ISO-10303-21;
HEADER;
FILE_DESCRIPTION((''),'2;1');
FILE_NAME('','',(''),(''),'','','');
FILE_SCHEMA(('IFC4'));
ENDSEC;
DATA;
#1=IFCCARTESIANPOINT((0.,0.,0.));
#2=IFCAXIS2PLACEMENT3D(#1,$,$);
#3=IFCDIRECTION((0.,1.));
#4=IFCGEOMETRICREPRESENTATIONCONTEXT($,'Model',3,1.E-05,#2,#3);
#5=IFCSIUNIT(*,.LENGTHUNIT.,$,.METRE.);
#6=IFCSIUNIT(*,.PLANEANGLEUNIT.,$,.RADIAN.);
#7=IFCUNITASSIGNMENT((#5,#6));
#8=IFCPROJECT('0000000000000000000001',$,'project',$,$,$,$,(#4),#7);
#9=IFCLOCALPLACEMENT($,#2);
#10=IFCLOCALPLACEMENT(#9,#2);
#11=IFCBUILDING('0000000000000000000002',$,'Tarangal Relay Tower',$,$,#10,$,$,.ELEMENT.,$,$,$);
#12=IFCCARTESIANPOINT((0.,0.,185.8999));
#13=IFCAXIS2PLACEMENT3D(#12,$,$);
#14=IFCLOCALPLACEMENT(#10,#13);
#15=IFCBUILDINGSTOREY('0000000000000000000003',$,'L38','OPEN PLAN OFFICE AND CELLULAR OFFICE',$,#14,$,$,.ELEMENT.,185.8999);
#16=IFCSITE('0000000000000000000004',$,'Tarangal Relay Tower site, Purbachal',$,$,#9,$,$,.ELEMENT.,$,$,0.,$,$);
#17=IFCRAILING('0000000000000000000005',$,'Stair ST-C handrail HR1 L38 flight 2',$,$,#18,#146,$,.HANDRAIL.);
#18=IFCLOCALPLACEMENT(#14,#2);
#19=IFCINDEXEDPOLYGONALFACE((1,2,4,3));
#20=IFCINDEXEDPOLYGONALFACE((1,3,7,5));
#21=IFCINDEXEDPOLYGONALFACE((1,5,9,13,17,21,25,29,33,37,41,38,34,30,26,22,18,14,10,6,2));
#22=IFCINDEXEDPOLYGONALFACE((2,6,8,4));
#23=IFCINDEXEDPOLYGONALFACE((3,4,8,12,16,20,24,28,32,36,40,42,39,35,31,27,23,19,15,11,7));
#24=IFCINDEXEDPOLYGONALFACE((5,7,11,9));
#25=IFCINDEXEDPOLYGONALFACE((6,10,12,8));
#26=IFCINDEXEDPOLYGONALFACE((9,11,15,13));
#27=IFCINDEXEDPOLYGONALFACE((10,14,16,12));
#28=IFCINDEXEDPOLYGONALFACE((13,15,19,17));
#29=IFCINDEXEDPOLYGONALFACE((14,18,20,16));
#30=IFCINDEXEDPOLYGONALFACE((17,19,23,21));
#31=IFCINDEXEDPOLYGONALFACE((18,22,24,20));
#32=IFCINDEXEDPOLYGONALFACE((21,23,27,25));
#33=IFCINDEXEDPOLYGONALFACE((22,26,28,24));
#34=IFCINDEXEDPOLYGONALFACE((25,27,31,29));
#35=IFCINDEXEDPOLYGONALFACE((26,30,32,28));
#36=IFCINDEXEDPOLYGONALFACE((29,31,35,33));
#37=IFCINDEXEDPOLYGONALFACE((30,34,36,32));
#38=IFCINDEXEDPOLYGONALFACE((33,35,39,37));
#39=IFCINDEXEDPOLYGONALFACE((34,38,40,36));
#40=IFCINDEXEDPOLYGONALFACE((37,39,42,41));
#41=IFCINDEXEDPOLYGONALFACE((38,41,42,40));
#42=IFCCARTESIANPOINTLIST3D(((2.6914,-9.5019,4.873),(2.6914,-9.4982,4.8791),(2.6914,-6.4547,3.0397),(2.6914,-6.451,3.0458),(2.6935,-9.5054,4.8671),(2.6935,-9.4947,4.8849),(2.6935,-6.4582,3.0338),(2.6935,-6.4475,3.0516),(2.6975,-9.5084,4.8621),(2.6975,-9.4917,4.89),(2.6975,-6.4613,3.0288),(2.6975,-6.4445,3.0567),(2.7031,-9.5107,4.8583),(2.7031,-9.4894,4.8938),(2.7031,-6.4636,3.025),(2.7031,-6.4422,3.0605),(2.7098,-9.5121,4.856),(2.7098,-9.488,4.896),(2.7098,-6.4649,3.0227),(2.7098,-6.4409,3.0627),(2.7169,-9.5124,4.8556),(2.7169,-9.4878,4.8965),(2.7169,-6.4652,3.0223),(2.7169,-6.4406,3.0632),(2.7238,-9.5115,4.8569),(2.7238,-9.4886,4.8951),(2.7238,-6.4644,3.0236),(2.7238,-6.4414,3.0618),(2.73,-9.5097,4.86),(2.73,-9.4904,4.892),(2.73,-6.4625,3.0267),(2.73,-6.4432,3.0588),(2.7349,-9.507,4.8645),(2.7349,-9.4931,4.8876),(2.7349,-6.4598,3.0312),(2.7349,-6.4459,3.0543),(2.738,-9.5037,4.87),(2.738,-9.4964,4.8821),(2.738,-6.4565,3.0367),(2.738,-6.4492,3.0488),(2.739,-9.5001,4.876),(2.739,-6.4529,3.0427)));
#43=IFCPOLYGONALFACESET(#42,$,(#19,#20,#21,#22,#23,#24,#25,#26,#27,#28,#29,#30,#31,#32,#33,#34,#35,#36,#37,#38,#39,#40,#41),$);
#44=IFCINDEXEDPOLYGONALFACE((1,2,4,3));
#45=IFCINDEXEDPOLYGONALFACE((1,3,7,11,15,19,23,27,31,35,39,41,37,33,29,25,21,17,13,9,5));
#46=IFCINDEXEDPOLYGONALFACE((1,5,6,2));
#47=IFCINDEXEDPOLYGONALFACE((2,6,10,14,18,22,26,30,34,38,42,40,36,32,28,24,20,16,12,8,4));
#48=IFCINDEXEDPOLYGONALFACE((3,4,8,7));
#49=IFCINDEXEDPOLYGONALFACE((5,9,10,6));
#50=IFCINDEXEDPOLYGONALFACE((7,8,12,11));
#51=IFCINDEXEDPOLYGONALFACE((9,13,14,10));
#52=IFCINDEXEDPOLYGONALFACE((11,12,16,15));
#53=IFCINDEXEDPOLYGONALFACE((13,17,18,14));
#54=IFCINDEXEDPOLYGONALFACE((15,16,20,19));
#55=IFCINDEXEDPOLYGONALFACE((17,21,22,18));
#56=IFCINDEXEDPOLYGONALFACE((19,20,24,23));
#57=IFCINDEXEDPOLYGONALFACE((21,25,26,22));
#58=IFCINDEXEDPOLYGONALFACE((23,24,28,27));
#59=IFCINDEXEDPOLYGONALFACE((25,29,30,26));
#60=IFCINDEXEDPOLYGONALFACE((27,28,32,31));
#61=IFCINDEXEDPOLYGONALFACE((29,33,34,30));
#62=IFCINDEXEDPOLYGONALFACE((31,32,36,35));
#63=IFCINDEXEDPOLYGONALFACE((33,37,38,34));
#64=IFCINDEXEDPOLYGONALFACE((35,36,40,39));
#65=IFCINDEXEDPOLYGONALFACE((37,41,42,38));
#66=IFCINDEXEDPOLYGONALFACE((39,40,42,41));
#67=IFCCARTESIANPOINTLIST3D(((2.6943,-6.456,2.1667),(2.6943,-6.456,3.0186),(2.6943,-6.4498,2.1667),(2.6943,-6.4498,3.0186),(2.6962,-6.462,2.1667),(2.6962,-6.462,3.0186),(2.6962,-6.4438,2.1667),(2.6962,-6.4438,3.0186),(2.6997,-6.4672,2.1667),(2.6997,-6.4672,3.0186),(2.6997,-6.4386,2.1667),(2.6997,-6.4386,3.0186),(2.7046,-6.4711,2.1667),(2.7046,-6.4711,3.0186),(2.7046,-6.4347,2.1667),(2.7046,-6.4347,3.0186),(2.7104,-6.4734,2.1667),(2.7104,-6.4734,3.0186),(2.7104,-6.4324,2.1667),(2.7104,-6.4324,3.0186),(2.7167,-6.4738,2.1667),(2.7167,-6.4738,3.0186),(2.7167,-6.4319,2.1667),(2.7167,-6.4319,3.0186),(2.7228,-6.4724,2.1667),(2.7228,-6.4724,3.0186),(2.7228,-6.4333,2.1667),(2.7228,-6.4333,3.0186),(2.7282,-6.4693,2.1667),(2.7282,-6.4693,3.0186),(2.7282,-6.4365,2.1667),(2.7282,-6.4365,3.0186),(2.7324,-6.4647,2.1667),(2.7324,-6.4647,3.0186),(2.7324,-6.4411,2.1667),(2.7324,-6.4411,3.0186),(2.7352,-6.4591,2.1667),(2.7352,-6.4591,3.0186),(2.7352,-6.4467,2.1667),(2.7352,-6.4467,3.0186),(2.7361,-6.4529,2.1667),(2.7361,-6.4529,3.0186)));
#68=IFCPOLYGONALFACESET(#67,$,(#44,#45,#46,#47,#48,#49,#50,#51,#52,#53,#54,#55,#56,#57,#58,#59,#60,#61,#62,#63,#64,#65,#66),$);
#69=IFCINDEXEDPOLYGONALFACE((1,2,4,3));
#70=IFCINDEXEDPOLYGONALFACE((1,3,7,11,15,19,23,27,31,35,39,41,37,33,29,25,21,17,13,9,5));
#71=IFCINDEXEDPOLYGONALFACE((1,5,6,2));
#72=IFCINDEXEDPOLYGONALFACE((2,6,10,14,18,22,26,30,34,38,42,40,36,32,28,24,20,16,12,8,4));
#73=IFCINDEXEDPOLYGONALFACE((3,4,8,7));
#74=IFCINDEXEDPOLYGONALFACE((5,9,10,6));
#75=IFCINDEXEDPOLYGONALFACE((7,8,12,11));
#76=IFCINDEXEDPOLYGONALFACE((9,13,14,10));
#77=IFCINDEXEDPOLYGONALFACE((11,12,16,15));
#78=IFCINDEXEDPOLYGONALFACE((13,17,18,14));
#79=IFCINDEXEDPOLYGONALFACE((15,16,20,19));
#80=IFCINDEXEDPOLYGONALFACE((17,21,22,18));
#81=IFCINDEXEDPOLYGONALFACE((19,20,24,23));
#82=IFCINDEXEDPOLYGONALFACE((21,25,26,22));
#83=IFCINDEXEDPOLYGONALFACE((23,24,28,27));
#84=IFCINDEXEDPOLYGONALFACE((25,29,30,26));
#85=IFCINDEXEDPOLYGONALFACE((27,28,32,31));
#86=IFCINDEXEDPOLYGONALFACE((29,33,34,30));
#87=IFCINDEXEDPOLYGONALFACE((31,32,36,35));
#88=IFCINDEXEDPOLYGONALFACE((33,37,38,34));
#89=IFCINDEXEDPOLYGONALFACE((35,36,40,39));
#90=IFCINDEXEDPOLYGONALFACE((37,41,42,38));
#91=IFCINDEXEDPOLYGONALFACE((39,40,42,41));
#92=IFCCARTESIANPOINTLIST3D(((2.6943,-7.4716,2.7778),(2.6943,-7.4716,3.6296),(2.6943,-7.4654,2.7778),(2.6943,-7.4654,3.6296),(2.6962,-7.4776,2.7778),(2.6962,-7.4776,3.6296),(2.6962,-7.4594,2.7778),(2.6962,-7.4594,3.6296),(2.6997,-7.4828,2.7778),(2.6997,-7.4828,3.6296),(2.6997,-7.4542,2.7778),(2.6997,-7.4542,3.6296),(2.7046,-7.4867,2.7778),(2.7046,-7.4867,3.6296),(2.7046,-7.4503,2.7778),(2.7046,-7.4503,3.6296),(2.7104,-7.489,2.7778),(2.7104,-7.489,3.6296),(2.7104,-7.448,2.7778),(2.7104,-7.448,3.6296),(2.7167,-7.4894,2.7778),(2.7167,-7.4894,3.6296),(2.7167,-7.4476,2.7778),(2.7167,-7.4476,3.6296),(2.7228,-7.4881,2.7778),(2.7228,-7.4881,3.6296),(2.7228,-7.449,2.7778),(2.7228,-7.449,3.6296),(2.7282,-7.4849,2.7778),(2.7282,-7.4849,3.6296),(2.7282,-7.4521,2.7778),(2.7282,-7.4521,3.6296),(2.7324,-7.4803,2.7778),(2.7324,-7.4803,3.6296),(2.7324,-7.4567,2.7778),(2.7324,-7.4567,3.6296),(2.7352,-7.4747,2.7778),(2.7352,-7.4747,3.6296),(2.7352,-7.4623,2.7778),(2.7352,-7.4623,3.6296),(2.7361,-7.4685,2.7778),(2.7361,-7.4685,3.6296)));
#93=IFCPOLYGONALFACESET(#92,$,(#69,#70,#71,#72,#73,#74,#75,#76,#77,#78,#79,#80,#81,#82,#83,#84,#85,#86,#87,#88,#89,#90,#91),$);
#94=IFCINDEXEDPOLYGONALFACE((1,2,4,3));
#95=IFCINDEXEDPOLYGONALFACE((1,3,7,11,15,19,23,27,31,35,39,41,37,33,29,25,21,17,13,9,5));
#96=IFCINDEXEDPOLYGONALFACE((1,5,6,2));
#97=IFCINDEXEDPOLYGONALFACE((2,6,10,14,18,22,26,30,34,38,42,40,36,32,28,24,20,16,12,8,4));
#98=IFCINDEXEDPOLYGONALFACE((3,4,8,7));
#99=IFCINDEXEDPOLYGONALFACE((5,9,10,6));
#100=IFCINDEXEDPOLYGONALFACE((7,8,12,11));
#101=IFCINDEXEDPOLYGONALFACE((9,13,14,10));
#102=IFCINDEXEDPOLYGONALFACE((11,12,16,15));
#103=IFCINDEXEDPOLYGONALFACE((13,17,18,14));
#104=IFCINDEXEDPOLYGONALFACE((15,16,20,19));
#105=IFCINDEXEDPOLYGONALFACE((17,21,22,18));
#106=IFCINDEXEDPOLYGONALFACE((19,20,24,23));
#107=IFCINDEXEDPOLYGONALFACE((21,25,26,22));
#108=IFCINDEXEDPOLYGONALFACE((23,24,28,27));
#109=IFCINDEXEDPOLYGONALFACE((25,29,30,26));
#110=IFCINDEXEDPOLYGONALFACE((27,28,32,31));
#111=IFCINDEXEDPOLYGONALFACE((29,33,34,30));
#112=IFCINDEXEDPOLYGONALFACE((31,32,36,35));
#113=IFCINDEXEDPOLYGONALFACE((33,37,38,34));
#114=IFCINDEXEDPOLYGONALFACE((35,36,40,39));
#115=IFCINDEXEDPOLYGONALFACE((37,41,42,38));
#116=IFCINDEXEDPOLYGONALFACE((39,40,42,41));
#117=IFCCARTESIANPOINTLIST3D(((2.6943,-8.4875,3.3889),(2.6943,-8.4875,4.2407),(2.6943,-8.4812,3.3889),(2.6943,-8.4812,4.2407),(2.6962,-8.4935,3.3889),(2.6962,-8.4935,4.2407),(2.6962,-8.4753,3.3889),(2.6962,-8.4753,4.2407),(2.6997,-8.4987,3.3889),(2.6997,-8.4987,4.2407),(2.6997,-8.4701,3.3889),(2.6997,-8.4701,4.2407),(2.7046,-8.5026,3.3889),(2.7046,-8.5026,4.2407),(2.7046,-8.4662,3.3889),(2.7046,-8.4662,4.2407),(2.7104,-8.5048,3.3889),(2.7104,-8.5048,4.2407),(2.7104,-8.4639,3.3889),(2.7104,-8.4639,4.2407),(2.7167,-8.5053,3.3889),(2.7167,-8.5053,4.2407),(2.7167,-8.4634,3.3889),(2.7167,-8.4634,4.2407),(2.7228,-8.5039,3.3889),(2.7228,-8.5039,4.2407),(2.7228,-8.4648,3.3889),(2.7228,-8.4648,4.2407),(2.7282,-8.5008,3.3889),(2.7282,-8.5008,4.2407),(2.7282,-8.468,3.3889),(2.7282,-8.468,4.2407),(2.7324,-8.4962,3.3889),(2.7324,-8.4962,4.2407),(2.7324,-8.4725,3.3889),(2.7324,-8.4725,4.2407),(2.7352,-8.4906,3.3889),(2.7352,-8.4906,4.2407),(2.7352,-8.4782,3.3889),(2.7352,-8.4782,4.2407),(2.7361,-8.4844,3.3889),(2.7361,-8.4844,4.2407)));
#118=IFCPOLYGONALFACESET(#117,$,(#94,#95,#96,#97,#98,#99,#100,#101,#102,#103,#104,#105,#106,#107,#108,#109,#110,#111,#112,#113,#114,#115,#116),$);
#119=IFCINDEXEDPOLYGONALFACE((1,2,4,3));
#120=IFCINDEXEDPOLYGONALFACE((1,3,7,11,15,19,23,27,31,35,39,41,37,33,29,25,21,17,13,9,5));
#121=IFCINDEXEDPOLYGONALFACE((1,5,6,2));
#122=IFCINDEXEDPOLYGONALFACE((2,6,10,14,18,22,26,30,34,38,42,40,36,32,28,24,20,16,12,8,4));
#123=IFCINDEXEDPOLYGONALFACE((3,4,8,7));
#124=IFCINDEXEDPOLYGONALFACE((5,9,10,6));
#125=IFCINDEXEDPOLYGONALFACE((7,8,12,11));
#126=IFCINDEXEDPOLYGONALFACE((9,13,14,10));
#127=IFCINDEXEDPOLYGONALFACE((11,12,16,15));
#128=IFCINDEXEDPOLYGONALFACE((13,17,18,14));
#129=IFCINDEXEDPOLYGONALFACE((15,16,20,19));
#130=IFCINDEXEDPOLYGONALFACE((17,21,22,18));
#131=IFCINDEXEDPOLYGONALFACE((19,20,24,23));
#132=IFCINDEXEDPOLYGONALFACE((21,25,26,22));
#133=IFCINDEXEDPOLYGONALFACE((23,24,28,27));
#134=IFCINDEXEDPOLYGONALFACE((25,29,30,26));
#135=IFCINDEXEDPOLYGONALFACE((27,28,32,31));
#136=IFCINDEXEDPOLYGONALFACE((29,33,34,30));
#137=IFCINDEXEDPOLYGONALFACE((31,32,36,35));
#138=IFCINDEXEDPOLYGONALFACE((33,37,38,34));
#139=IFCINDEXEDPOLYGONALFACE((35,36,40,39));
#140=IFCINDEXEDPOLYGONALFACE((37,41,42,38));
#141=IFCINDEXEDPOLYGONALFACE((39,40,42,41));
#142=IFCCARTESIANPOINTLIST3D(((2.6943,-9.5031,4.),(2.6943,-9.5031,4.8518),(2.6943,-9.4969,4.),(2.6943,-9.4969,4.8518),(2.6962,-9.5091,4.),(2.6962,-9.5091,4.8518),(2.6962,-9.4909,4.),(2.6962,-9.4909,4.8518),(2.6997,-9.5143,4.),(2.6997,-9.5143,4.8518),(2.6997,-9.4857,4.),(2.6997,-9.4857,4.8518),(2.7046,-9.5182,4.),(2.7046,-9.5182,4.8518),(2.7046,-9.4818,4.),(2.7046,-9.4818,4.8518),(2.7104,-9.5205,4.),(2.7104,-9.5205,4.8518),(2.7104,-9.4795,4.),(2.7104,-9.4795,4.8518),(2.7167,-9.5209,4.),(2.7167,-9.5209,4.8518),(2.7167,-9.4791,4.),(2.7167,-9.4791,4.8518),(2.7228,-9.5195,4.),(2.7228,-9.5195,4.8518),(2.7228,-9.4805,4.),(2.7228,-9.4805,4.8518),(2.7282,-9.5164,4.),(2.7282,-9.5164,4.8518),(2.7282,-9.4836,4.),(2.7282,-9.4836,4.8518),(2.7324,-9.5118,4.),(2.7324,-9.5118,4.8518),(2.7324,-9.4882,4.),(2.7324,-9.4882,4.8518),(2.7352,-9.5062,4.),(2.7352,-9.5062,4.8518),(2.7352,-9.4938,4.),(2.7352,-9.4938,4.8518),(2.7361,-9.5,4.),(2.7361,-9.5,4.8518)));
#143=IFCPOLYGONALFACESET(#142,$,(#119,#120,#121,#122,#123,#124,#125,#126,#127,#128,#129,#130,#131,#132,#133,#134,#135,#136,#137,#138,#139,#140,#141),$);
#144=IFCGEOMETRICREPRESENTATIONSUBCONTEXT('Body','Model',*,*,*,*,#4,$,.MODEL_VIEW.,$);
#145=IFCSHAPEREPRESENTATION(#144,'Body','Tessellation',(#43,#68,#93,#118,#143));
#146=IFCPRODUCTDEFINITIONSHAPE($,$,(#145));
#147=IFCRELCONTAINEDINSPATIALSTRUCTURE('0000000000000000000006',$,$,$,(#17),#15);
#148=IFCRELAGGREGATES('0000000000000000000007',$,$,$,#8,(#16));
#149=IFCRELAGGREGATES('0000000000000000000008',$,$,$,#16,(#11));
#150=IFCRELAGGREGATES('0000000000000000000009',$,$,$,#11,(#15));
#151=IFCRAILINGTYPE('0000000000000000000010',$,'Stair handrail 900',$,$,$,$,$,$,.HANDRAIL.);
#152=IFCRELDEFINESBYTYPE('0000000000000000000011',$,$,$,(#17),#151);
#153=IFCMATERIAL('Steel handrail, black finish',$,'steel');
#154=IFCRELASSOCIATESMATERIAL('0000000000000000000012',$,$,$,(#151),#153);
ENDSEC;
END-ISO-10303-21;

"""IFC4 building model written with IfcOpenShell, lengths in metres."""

from ifc_helpers import new_model, si_unit, direction, frame, origin, origin_2d, place, context, subcontext, project, spatial, circle, extrude, material, type_object, element, save


model = new_model("IFC4")

# Units and contexts
model_context = context("Model", 3, precision=1e-05, world=origin(), true_north=direction((0.0, 1.0)))
body_context = subcontext(model_context, "Body", "Model", "MODEL_VIEW")
ifc_project = project(units=[si_unit("LENGTHUNIT", "METRE"), si_unit("PLANEANGLEUNIT", "RADIAN")], contexts=[model_context])

# Site, building, storey
site_placement = place(None, origin())
site = spatial("IfcSite", under=ifc_project, at=site_placement, Name="Tarangal Relay Tower site, Purbachal", CompositionType="ELEMENT", RefElevation=0.0)
building_placement = place(site_placement, origin())
building = spatial("IfcBuilding", under=site, at=building_placement, Name="Tarangal Relay Tower", CompositionType="ELEMENT")
storey_placement = place(building_placement, frame((0.0, 0.0, 185.8999)))
storey = spatial("IfcBuildingStorey", under=building, at=storey_placement, Name="L38", Description="OPEN PLAN OFFICE AND CELLULAR OFFICE", CompositionType="ELEMENT", Elevation=185.8999)

# Railing
ifc_material_1 = material(Name="Steel handrail, black finish", Category="steel")
railing_type_1 = type_object("IfcRailingType", Name="Stair handrail 900", PredefinedType="HANDRAIL", material=ifc_material_1)
railing_1_placement = place(storey_placement, frame((2.7151, -6.4529, 2.1667)))
element("IfcRailing", 1, at=railing_1_placement, inside=storey, type_object=railing_type_1, Name="Stair ST-C handrail HR1 L38 flight 2", PredefinedType="HANDRAIL", context=body_context, shape_type="SweptSolid", body=[
    extrude(circle(Radius=0.0239, at=origin_2d()), frame((0.0, 0.0, 0.876), z_axis=(0.0, -0.856874, 0.515525), x_axis=(1.0, 0.0, 0.0)), (0.0, 0.0, 1.0), 3.5562),
    extrude(circle(Radius=0.021, at=origin_2d()), origin(), (0.0, 0.0, 1.0), 0.8518),
    extrude(circle(Radius=0.021, at=origin_2d()), frame((0.0, -1.0156, 0.6111)), (0.0, 0.0, 1.0), 0.8518),
    extrude(circle(Radius=0.021, at=origin_2d()), frame((0.0, -2.0315, 1.2222)), (0.0, 0.0, 1.0), 0.8518),
    extrude(circle(Radius=0.021, at=origin_2d()), frame((0.0, -3.0471, 1.8333)), (0.0, 0.0, 1.0), 0.8518),
])

save(model, "model.ifc")
